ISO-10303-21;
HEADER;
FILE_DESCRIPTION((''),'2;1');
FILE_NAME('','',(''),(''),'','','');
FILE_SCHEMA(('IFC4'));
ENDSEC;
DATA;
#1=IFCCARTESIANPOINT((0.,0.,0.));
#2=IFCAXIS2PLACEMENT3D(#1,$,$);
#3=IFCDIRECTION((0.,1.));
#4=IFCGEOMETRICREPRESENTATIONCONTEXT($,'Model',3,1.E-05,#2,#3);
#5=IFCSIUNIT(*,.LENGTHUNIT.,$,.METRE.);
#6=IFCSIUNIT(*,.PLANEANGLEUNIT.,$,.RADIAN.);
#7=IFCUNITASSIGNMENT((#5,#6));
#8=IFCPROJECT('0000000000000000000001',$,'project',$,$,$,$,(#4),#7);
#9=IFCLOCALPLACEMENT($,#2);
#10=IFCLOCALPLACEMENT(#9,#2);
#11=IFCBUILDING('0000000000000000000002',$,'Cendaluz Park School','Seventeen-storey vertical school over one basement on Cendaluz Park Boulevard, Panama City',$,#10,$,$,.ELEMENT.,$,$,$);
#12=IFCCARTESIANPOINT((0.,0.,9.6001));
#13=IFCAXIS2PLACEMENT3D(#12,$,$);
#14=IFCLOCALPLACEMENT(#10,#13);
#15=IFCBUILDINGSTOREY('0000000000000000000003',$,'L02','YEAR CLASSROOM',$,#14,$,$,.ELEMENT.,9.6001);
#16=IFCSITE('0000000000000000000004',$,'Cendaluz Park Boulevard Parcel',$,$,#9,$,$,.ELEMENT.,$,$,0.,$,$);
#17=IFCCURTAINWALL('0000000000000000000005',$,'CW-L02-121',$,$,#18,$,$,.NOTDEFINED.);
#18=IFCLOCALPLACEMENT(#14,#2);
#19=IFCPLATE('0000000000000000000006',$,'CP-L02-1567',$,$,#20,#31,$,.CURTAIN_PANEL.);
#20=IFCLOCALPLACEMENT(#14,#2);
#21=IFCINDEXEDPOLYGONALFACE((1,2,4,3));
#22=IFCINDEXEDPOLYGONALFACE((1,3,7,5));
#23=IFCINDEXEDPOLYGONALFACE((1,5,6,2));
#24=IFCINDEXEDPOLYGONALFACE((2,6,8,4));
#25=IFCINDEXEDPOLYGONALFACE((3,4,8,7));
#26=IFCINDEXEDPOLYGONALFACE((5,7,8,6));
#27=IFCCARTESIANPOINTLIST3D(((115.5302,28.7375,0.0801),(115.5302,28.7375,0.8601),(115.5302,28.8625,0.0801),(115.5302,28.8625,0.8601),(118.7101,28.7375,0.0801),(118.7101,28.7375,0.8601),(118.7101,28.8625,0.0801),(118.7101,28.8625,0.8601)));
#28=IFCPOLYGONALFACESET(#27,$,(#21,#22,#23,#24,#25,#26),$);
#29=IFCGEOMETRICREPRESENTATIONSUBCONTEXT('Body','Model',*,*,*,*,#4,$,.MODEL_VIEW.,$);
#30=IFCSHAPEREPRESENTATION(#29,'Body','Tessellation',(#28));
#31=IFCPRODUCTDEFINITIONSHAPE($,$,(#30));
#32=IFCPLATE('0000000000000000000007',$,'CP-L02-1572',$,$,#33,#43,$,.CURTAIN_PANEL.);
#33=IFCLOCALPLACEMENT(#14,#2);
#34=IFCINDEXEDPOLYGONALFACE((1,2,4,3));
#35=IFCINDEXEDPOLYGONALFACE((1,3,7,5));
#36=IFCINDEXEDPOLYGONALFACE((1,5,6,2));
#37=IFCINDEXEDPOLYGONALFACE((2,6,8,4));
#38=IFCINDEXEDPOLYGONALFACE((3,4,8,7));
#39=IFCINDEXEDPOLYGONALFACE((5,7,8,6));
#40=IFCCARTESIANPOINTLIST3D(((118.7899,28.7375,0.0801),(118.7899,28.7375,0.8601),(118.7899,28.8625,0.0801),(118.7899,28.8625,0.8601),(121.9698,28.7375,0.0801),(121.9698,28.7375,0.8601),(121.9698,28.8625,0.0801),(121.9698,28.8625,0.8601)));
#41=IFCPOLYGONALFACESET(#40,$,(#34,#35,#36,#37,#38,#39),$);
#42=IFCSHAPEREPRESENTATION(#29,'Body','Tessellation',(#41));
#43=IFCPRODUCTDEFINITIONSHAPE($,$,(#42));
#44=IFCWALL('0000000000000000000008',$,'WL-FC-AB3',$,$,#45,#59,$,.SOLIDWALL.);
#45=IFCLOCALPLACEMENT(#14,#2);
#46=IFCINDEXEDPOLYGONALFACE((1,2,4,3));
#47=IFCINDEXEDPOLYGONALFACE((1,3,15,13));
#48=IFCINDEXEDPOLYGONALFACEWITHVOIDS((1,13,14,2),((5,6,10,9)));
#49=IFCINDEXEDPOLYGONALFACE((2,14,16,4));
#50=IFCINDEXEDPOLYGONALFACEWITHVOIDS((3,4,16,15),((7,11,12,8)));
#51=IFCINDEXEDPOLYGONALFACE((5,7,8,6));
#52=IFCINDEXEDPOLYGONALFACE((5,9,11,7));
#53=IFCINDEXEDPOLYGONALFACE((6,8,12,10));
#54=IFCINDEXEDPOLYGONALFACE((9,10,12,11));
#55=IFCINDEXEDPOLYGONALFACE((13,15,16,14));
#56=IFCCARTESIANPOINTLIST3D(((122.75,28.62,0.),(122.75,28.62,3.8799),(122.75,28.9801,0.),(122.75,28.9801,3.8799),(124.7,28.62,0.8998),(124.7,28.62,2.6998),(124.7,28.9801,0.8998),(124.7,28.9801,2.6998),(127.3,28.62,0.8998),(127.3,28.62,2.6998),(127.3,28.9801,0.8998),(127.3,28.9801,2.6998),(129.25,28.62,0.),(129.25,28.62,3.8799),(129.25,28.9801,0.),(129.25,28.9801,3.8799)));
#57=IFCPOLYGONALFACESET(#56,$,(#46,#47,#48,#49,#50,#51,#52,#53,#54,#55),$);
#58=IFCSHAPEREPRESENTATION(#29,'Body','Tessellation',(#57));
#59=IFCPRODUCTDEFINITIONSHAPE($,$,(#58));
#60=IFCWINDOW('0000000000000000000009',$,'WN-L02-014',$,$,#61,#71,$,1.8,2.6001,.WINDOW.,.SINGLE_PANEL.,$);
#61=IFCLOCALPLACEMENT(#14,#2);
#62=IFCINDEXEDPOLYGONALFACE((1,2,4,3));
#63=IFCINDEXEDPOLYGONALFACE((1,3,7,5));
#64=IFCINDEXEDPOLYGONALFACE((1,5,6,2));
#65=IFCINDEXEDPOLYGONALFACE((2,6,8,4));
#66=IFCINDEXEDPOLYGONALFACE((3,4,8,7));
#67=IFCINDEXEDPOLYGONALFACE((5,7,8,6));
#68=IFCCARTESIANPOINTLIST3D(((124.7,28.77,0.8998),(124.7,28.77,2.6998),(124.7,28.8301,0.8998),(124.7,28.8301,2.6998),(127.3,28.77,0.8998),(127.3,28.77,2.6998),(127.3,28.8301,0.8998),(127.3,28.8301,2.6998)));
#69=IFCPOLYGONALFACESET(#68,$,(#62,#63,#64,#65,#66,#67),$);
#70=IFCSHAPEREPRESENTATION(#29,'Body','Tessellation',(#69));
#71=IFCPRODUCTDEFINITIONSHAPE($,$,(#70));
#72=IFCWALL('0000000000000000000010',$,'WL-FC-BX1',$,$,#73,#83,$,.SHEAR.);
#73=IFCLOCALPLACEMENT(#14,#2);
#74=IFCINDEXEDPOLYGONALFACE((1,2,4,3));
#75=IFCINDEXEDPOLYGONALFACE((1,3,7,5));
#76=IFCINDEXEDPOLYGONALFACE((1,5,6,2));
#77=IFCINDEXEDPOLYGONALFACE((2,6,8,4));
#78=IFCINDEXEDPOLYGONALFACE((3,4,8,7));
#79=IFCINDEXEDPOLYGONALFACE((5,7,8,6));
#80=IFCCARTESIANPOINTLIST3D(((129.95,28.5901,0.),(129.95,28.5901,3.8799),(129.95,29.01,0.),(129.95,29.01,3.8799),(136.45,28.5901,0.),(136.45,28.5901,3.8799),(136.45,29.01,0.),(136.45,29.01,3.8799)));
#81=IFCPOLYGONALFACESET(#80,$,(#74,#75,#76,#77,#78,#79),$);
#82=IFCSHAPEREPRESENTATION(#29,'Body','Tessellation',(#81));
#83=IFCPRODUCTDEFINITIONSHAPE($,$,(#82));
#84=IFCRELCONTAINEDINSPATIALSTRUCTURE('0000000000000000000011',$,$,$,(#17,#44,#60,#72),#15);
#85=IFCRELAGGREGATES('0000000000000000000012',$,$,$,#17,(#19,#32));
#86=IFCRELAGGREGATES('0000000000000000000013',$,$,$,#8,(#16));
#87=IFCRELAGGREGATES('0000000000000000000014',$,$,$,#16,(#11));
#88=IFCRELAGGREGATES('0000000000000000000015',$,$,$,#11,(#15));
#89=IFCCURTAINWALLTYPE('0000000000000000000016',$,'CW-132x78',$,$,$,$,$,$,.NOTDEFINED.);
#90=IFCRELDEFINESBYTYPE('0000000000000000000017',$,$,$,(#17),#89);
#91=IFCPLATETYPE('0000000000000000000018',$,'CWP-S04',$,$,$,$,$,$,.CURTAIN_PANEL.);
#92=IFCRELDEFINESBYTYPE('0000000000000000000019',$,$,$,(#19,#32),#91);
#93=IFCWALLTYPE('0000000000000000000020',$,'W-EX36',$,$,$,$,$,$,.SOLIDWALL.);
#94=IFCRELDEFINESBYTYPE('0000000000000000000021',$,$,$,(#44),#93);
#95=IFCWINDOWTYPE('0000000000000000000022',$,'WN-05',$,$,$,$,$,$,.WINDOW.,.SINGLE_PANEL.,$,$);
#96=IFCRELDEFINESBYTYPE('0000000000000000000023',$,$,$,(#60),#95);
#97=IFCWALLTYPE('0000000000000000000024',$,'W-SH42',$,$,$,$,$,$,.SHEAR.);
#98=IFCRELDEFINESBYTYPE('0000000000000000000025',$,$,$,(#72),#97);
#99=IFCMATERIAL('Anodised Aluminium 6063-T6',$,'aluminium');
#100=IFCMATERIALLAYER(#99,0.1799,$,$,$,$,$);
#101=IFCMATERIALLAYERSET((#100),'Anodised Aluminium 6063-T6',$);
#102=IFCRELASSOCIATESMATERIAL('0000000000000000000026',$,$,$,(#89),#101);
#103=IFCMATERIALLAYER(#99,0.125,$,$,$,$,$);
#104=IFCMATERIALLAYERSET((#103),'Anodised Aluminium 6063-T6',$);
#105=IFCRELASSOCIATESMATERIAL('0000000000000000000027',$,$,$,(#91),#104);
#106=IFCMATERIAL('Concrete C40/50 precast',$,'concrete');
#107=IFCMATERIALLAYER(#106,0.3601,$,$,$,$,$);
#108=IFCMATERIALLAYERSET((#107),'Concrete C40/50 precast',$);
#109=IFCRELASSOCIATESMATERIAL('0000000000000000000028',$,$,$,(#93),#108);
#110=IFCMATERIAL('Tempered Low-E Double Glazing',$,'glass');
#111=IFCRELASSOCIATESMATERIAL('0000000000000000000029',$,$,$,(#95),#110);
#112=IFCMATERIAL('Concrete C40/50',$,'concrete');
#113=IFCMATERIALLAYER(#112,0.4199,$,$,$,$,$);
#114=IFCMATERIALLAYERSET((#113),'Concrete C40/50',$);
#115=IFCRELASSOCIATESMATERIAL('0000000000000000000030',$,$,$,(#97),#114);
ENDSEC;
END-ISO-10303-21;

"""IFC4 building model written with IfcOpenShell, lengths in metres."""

from ifc_helpers import new_model, si_unit, direction, frame, frame_2d, origin, origin_2d, place, context, subcontext, project, spatial, rectangle, extrude, material, layer, layer_set, type_object, element, fill, aggregate, save


model = new_model("IFC4")

# Units and contexts
model_context = context("Model", 3, precision=1e-05, world=origin(), true_north=direction((0.0, 1.0)))
body_context = subcontext(model_context, "Body", "Model", "MODEL_VIEW")
ifc_project = project(units=[si_unit("LENGTHUNIT", "METRE"), si_unit("PLANEANGLEUNIT", "RADIAN")], contexts=[model_context])

# Site, building, storey
site_placement = place(None, origin())
site = spatial("IfcSite", under=ifc_project, at=site_placement, Name="Cendaluz Park Boulevard Parcel", CompositionType="ELEMENT", RefElevation=0.0)
building_placement = place(site_placement, origin())
building = spatial("IfcBuilding", under=site, at=building_placement, Name="Cendaluz Park School", Description="Seventeen-storey vertical school over one basement on Cendaluz Park Boulevard, Panama City", CompositionType="ELEMENT")
storey_placement = place(building_placement, frame((0.0, 0.0, 9.6001)))
storey = spatial("IfcBuildingStorey", under=building, at=storey_placement, Name="L02", Description="YEAR CLASSROOM", CompositionType="ELEMENT", Elevation=9.6001)

# Shared definitions
ifc_material_1 = material(Name="Concrete C40/50", Category="concrete")

# Curtain wall
ifc_material_2 = material(Name="Anodised Aluminium 6063-T6", Category="aluminium")
ifc_layer_1 = layer(ifc_material_2, 0.1799)
ifc_layer_set_1 = layer_set([ifc_layer_1], Name="Anodised Aluminium 6063-T6")
curtain_wall_type_1 = type_object("IfcCurtainWallType", Name="CW-132x78", PredefinedType="NOTDEFINED", material=ifc_layer_set_1)
curtain_wall_1_placement = place(storey_placement, origin())
curtain_wall_1 = element("IfcCurtainWall", 1, at=curtain_wall_1_placement, inside=storey, type_object=curtain_wall_type_1, Name="CW-L02-121", PredefinedType="NOTDEFINED")

# Plates
ifc_material_3 = material(Name="Tempered Low-E Double Glazing", Category="glass")
ifc_layer_2 = layer(ifc_material_2, 0.125)
ifc_layer_set_2 = layer_set([ifc_layer_2], Name="Anodised Aluminium 6063-T6")
plate_type_1 = type_object("IfcPlateType", Name="CWP-S04", PredefinedType="CURTAIN_PANEL", material=ifc_layer_set_2)
plate_1_placement = place(storey_placement, frame((117.1201, 28.8, 0.0801), z_axis=(0.0, 0.0, 1.0), x_axis=(1.0, 0.0, 0.0)))
plate_1 = element("IfcPlate", 2, at=plate_1_placement, type_object=plate_type_1, Name="CP-L02-1567", PredefinedType="CURTAIN_PANEL", context=body_context, shape_type="SweptSolid", body=[
    extrude(rectangle(XDim=3.1799, YDim=0.125, at=origin_2d()), origin(), (0.0, 0.0, 1.0), 0.78),
])
plate_2_placement = place(storey_placement, frame((120.3799, 28.8, 0.0801), z_axis=(0.0, 0.0, 1.0), x_axis=(1.0, 0.0, 0.0)))
plate_2 = element("IfcPlate", 3, at=plate_2_placement, type_object=plate_type_1, Name="CP-L02-1572", PredefinedType="CURTAIN_PANEL", context=body_context, shape_type="SweptSolid", body=[
    extrude(rectangle(XDim=3.1799, YDim=0.125, at=origin_2d()), origin(), (0.0, 0.0, 1.0), 0.78),
])
aggregate(curtain_wall_1, [plate_1, plate_2])

# Wall, opening, window
ifc_material_4 = material(Name="Concrete C40/50 precast", Category="concrete")
ifc_layer_3 = layer(ifc_material_4, 0.3601)
ifc_layer_set_3 = layer_set([ifc_layer_3], Name="Concrete C40/50 precast")
wall_type_1 = type_object("IfcWallType", Name="W-EX36", PredefinedType="SOLIDWALL", material=ifc_layer_set_3)
wall_1_placement = place(storey_placement, frame((122.75, 28.8, 0.0), z_axis=(0.0, 0.0, 1.0), x_axis=(1.0, 0.0, 0.0)))
wall_1 = element("IfcWall", 4, at=wall_1_placement, inside=storey, type_object=wall_type_1, Name="WL-FC-AB3", PredefinedType="SOLIDWALL", context=body_context, shape_type="SweptSolid", body=[
    extrude(rectangle(XDim=6.5, YDim=0.3601, at=frame_2d((3.25, 0.0))), origin(), (0.0, 0.0, 1.0), 3.8799),
])
opening_1_placement = place(wall_1_placement, frame((1.95, 0.0, 0.8999)))
opening_1 = element("IfcOpeningElement", 5, at=opening_1_placement, cuts=wall_1, PredefinedType="OPENING", context=body_context, shape_type="SweptSolid", body=[
    extrude(rectangle(XDim=2.6001, YDim=1.8, at=frame_2d((1.3, 0.8999))), frame((0.0, 0.1921, 0.0), z_axis=(0.0, -1.0, 0.0), x_axis=(1.0, 0.0, 0.0)), (0.0, 0.0, 1.0), 0.384),
])
window_type = type_object("IfcWindowType", Name="WN-05", PartitioningType="SINGLE_PANEL", PredefinedType="WINDOW", material=ifc_material_3)
window_placement = place(opening_1_placement, origin())
window = element("IfcWindow", 6, at=window_placement, inside=storey, type_object=window_type, Name="WN-L02-014", OverallHeight=1.8, OverallWidth=2.6001, PartitioningType="SINGLE_PANEL", PredefinedType="WINDOW", context=body_context, shape_type="SweptSolid", body=[
    extrude(rectangle(XDim=2.6001, YDim=1.8, at=frame_2d((1.3, 0.8999))), frame((0.0, 0.03, 0.0), z_axis=(0.0, -1.0, 0.0), x_axis=(1.0, 0.0, 0.0)), (0.0, 0.0, 1.0), 0.0601),
])
fill(opening_1, window)

# Wall
ifc_layer_4 = layer(ifc_material_1, 0.4199)
ifc_layer_set_4 = layer_set([ifc_layer_4], Name="Concrete C40/50")
wall_type_2 = type_object("IfcWallType", Name="W-SH42", PredefinedType="SHEAR", material=ifc_layer_set_4)
wall_2_placement = place(storey_placement, frame((129.95, 28.8, 0.0), z_axis=(0.0, 0.0, 1.0), x_axis=(1.0, 0.0, 0.0)))
element("IfcWall", 7, at=wall_2_placement, inside=storey, type_object=wall_type_2, Name="WL-FC-BX1", PredefinedType="SHEAR", context=body_context, shape_type="SweptSolid", body=[
    extrude(rectangle(XDim=6.5, YDim=0.4199, at=frame_2d((3.25, 0.0))), origin(), (0.0, 0.0, 1.0), 3.8799),
])

save(model, "model.ifc")
